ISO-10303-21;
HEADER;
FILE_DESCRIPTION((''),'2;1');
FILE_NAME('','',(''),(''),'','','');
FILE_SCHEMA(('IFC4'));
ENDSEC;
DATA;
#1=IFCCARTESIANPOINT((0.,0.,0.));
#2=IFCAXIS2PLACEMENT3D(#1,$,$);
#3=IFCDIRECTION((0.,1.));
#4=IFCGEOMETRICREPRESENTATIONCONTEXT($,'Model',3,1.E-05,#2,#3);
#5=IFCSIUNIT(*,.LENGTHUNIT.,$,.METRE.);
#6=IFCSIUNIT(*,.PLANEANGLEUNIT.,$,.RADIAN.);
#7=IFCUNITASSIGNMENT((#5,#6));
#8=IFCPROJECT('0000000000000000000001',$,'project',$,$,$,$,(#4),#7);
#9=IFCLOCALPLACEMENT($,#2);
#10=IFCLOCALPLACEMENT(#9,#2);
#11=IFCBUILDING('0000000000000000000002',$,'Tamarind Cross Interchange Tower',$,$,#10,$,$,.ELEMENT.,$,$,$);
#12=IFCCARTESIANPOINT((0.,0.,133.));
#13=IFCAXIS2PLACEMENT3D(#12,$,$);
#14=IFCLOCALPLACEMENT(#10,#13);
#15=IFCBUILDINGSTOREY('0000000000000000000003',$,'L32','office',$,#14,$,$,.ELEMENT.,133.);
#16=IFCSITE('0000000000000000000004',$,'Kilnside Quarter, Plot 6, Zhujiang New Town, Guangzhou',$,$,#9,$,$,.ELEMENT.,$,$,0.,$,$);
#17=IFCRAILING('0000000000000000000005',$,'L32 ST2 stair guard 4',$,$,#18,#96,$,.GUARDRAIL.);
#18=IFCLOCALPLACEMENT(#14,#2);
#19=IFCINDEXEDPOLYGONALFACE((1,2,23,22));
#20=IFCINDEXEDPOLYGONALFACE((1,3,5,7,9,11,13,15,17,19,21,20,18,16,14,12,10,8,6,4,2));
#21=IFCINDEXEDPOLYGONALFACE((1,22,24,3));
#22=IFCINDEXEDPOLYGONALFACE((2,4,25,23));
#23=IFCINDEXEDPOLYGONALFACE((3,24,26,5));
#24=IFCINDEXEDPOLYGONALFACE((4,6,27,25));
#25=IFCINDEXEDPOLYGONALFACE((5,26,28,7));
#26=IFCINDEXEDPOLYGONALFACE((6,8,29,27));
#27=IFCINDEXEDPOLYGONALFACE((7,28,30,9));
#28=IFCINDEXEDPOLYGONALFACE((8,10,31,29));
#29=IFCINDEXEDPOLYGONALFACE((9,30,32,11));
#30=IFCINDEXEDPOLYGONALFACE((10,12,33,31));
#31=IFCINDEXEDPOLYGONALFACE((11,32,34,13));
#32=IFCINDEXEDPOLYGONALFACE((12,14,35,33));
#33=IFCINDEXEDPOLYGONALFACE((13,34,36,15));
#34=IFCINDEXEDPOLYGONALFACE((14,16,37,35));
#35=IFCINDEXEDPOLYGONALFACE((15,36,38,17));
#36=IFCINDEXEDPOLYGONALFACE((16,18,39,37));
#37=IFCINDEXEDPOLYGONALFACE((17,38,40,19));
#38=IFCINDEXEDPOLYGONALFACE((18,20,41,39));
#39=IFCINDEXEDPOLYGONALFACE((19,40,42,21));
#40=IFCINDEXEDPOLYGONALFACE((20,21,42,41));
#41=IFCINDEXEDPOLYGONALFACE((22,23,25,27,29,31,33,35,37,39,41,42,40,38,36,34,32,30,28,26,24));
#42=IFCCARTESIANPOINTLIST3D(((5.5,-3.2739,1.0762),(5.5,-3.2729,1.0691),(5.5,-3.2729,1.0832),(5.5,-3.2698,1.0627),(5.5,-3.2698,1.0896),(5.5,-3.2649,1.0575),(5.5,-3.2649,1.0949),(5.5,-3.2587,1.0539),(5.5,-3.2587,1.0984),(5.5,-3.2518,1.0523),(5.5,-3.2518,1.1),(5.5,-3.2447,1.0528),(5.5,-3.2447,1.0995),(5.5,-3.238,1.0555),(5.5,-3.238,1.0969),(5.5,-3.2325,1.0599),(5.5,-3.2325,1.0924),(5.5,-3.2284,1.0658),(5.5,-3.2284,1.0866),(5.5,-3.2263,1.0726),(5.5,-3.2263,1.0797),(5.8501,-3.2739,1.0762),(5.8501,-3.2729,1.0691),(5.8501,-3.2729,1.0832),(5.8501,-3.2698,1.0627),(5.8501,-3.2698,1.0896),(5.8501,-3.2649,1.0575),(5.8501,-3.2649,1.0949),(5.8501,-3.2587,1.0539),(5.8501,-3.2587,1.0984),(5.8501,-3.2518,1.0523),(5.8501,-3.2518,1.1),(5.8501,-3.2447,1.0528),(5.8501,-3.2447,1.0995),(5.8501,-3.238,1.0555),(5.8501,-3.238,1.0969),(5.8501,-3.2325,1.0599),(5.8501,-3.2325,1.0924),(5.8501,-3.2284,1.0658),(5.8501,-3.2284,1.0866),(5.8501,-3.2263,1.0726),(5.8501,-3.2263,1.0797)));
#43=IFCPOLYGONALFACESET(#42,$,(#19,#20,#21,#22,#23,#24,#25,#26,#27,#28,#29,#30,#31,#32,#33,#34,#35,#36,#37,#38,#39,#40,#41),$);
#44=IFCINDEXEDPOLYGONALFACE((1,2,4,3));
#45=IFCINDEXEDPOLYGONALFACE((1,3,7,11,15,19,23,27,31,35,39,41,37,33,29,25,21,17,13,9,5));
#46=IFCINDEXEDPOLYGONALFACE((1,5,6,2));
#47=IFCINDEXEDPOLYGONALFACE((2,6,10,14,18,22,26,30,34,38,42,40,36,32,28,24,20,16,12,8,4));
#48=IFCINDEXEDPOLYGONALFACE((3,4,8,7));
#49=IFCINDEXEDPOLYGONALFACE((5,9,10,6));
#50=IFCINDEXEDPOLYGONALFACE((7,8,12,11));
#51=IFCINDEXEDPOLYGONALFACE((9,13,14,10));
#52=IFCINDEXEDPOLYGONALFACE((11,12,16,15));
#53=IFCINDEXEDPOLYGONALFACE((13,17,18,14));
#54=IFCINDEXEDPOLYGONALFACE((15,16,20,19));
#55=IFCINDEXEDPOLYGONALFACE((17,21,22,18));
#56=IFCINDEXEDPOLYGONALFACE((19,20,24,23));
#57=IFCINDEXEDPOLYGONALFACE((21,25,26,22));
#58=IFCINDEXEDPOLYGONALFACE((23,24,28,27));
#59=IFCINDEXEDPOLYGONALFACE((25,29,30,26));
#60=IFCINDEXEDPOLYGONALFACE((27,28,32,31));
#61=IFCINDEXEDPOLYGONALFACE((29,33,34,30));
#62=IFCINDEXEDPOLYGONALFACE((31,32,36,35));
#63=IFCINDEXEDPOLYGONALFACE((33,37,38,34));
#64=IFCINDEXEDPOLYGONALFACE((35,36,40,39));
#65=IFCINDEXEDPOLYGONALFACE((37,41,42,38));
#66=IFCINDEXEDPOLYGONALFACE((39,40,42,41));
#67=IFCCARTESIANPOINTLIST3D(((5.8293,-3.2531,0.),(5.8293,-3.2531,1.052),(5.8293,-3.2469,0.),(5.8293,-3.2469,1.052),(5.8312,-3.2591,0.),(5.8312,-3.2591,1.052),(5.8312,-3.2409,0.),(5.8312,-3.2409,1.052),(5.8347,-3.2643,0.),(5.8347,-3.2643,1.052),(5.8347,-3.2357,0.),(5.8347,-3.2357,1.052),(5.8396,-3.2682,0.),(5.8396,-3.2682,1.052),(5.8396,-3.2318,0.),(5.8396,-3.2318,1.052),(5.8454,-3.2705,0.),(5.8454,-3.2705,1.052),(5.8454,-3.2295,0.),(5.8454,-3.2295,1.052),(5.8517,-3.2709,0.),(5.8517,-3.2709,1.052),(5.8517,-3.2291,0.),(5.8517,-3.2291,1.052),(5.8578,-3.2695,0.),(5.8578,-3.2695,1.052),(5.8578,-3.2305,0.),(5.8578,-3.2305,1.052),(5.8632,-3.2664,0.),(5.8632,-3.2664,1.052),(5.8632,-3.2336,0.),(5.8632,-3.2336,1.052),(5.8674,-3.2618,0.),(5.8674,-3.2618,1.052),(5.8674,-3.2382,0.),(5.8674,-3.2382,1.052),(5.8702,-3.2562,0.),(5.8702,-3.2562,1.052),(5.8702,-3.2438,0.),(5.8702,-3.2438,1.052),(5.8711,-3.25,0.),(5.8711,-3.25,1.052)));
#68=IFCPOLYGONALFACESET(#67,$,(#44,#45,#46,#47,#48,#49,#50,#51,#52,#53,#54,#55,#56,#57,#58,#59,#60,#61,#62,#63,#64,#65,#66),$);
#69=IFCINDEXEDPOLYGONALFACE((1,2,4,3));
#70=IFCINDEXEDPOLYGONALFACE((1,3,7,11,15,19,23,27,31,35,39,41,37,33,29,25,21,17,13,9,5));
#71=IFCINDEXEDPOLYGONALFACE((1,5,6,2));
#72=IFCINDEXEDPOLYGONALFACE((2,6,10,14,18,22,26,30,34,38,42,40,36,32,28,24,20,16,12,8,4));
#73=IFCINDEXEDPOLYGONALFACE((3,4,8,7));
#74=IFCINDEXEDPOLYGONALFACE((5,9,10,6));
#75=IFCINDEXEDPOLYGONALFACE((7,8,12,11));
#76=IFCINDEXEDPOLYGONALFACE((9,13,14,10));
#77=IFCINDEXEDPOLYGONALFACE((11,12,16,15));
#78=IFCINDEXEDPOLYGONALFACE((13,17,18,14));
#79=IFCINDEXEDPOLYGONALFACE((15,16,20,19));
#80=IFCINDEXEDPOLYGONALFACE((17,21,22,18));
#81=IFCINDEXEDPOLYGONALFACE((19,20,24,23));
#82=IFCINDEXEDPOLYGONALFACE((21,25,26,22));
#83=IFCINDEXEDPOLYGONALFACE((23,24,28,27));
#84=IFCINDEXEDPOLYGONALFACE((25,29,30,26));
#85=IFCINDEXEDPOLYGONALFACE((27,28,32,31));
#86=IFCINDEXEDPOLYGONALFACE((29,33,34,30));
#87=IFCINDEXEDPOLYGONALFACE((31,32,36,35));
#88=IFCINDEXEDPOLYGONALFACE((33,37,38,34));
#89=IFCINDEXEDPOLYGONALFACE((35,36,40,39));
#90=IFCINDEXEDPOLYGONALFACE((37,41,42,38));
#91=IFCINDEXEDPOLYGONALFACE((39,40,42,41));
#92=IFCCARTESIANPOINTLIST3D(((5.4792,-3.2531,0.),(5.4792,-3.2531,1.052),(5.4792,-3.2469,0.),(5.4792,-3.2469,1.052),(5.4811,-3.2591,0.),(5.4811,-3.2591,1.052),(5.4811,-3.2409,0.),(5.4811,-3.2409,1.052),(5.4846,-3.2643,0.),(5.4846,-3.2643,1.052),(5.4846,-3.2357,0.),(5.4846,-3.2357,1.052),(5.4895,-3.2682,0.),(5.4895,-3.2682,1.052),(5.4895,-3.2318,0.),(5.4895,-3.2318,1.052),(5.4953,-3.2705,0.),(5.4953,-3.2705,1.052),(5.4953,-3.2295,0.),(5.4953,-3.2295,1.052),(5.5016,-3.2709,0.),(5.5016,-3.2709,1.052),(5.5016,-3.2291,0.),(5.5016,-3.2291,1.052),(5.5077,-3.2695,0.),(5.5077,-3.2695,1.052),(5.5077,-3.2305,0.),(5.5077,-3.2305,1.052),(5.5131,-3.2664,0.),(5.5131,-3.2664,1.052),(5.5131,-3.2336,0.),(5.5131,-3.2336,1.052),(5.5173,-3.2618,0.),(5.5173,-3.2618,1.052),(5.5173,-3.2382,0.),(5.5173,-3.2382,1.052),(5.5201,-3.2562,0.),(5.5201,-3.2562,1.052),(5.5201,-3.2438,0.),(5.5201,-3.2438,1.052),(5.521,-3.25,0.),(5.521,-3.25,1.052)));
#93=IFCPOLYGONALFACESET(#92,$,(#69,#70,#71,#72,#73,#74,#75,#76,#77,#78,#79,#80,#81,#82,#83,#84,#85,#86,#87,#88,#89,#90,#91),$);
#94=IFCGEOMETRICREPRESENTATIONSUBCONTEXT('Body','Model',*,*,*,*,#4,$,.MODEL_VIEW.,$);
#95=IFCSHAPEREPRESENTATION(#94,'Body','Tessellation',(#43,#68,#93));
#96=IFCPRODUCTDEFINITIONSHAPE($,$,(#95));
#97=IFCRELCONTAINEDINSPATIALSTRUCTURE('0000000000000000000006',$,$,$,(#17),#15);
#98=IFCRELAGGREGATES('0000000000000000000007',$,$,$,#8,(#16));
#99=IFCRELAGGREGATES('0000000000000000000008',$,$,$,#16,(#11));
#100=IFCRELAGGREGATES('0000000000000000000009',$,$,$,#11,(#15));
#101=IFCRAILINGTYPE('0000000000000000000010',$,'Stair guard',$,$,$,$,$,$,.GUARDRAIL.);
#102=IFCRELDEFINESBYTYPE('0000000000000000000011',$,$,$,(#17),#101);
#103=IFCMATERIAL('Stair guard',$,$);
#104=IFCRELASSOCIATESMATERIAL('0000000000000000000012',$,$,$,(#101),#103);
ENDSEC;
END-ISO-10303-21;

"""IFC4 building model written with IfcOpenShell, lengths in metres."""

from ifc_helpers import new_model, si_unit, direction, frame, origin, origin_2d, place, context, subcontext, project, spatial, circle, extrude, material, type_object, element, save


model = new_model("IFC4")

# Units and contexts
model_context = context("Model", 3, precision=1e-05, world=origin(), true_north=direction((0.0, 1.0)))
body_context = subcontext(model_context, "Body", "Model", "MODEL_VIEW")
ifc_project = project(units=[si_unit("LENGTHUNIT", "METRE"), si_unit("PLANEANGLEUNIT", "RADIAN")], contexts=[model_context])

# Site, building, storey
site_placement = place(None, origin())
site = spatial("IfcSite", under=ifc_project, at=site_placement, Name="Kilnside Quarter, Plot 6, Zhujiang New Town, Guangzhou", CompositionType="ELEMENT", RefElevation=0.0)
building_placement = place(site_placement, origin())
building = spatial("IfcBuilding", under=site, at=building_placement, Name="Tamarind Cross Interchange Tower", CompositionType="ELEMENT")
storey_placement = place(building_placement, frame((0.0, 0.0, 133.0)))
storey = spatial("IfcBuildingStorey", under=building, at=storey_placement, Name="L32", Description="office", CompositionType="ELEMENT", Elevation=133.0)

# Railing
ifc_material_1 = material(Name="Stair guard")
railing_type_1 = type_object("IfcRailingType", Name="Stair guard", PredefinedType="GUARDRAIL", material=ifc_material_1)
railing_1_placement = place(storey_placement, frame((5.8501, -3.25, 0.0)))
element("IfcRailing", 1, at=railing_1_placement, inside=storey, type_object=railing_type_1, Name="L32 ST2 stair guard 4", PredefinedType="GUARDRAIL", context=body_context, shape_type="SweptSolid", body=[
    extrude(circle(Radius=0.0239, at=origin_2d()), frame((0.0, 0.0, 1.0762), z_axis=(-1.0, 0.0, 0.0), x_axis=(0.0, -1.0, 0.0)), (0.0, 0.0, 1.0), 0.3501),
    extrude(circle(Radius=0.021, at=origin_2d()), origin(), (0.0, 0.0, 1.0), 1.052),
    extrude(circle(Radius=0.021, at=origin_2d()), frame((-0.3501, 0.0, 0.0)), (0.0, 0.0, 1.0), 1.052),
])

save(model, "model.ifc")
